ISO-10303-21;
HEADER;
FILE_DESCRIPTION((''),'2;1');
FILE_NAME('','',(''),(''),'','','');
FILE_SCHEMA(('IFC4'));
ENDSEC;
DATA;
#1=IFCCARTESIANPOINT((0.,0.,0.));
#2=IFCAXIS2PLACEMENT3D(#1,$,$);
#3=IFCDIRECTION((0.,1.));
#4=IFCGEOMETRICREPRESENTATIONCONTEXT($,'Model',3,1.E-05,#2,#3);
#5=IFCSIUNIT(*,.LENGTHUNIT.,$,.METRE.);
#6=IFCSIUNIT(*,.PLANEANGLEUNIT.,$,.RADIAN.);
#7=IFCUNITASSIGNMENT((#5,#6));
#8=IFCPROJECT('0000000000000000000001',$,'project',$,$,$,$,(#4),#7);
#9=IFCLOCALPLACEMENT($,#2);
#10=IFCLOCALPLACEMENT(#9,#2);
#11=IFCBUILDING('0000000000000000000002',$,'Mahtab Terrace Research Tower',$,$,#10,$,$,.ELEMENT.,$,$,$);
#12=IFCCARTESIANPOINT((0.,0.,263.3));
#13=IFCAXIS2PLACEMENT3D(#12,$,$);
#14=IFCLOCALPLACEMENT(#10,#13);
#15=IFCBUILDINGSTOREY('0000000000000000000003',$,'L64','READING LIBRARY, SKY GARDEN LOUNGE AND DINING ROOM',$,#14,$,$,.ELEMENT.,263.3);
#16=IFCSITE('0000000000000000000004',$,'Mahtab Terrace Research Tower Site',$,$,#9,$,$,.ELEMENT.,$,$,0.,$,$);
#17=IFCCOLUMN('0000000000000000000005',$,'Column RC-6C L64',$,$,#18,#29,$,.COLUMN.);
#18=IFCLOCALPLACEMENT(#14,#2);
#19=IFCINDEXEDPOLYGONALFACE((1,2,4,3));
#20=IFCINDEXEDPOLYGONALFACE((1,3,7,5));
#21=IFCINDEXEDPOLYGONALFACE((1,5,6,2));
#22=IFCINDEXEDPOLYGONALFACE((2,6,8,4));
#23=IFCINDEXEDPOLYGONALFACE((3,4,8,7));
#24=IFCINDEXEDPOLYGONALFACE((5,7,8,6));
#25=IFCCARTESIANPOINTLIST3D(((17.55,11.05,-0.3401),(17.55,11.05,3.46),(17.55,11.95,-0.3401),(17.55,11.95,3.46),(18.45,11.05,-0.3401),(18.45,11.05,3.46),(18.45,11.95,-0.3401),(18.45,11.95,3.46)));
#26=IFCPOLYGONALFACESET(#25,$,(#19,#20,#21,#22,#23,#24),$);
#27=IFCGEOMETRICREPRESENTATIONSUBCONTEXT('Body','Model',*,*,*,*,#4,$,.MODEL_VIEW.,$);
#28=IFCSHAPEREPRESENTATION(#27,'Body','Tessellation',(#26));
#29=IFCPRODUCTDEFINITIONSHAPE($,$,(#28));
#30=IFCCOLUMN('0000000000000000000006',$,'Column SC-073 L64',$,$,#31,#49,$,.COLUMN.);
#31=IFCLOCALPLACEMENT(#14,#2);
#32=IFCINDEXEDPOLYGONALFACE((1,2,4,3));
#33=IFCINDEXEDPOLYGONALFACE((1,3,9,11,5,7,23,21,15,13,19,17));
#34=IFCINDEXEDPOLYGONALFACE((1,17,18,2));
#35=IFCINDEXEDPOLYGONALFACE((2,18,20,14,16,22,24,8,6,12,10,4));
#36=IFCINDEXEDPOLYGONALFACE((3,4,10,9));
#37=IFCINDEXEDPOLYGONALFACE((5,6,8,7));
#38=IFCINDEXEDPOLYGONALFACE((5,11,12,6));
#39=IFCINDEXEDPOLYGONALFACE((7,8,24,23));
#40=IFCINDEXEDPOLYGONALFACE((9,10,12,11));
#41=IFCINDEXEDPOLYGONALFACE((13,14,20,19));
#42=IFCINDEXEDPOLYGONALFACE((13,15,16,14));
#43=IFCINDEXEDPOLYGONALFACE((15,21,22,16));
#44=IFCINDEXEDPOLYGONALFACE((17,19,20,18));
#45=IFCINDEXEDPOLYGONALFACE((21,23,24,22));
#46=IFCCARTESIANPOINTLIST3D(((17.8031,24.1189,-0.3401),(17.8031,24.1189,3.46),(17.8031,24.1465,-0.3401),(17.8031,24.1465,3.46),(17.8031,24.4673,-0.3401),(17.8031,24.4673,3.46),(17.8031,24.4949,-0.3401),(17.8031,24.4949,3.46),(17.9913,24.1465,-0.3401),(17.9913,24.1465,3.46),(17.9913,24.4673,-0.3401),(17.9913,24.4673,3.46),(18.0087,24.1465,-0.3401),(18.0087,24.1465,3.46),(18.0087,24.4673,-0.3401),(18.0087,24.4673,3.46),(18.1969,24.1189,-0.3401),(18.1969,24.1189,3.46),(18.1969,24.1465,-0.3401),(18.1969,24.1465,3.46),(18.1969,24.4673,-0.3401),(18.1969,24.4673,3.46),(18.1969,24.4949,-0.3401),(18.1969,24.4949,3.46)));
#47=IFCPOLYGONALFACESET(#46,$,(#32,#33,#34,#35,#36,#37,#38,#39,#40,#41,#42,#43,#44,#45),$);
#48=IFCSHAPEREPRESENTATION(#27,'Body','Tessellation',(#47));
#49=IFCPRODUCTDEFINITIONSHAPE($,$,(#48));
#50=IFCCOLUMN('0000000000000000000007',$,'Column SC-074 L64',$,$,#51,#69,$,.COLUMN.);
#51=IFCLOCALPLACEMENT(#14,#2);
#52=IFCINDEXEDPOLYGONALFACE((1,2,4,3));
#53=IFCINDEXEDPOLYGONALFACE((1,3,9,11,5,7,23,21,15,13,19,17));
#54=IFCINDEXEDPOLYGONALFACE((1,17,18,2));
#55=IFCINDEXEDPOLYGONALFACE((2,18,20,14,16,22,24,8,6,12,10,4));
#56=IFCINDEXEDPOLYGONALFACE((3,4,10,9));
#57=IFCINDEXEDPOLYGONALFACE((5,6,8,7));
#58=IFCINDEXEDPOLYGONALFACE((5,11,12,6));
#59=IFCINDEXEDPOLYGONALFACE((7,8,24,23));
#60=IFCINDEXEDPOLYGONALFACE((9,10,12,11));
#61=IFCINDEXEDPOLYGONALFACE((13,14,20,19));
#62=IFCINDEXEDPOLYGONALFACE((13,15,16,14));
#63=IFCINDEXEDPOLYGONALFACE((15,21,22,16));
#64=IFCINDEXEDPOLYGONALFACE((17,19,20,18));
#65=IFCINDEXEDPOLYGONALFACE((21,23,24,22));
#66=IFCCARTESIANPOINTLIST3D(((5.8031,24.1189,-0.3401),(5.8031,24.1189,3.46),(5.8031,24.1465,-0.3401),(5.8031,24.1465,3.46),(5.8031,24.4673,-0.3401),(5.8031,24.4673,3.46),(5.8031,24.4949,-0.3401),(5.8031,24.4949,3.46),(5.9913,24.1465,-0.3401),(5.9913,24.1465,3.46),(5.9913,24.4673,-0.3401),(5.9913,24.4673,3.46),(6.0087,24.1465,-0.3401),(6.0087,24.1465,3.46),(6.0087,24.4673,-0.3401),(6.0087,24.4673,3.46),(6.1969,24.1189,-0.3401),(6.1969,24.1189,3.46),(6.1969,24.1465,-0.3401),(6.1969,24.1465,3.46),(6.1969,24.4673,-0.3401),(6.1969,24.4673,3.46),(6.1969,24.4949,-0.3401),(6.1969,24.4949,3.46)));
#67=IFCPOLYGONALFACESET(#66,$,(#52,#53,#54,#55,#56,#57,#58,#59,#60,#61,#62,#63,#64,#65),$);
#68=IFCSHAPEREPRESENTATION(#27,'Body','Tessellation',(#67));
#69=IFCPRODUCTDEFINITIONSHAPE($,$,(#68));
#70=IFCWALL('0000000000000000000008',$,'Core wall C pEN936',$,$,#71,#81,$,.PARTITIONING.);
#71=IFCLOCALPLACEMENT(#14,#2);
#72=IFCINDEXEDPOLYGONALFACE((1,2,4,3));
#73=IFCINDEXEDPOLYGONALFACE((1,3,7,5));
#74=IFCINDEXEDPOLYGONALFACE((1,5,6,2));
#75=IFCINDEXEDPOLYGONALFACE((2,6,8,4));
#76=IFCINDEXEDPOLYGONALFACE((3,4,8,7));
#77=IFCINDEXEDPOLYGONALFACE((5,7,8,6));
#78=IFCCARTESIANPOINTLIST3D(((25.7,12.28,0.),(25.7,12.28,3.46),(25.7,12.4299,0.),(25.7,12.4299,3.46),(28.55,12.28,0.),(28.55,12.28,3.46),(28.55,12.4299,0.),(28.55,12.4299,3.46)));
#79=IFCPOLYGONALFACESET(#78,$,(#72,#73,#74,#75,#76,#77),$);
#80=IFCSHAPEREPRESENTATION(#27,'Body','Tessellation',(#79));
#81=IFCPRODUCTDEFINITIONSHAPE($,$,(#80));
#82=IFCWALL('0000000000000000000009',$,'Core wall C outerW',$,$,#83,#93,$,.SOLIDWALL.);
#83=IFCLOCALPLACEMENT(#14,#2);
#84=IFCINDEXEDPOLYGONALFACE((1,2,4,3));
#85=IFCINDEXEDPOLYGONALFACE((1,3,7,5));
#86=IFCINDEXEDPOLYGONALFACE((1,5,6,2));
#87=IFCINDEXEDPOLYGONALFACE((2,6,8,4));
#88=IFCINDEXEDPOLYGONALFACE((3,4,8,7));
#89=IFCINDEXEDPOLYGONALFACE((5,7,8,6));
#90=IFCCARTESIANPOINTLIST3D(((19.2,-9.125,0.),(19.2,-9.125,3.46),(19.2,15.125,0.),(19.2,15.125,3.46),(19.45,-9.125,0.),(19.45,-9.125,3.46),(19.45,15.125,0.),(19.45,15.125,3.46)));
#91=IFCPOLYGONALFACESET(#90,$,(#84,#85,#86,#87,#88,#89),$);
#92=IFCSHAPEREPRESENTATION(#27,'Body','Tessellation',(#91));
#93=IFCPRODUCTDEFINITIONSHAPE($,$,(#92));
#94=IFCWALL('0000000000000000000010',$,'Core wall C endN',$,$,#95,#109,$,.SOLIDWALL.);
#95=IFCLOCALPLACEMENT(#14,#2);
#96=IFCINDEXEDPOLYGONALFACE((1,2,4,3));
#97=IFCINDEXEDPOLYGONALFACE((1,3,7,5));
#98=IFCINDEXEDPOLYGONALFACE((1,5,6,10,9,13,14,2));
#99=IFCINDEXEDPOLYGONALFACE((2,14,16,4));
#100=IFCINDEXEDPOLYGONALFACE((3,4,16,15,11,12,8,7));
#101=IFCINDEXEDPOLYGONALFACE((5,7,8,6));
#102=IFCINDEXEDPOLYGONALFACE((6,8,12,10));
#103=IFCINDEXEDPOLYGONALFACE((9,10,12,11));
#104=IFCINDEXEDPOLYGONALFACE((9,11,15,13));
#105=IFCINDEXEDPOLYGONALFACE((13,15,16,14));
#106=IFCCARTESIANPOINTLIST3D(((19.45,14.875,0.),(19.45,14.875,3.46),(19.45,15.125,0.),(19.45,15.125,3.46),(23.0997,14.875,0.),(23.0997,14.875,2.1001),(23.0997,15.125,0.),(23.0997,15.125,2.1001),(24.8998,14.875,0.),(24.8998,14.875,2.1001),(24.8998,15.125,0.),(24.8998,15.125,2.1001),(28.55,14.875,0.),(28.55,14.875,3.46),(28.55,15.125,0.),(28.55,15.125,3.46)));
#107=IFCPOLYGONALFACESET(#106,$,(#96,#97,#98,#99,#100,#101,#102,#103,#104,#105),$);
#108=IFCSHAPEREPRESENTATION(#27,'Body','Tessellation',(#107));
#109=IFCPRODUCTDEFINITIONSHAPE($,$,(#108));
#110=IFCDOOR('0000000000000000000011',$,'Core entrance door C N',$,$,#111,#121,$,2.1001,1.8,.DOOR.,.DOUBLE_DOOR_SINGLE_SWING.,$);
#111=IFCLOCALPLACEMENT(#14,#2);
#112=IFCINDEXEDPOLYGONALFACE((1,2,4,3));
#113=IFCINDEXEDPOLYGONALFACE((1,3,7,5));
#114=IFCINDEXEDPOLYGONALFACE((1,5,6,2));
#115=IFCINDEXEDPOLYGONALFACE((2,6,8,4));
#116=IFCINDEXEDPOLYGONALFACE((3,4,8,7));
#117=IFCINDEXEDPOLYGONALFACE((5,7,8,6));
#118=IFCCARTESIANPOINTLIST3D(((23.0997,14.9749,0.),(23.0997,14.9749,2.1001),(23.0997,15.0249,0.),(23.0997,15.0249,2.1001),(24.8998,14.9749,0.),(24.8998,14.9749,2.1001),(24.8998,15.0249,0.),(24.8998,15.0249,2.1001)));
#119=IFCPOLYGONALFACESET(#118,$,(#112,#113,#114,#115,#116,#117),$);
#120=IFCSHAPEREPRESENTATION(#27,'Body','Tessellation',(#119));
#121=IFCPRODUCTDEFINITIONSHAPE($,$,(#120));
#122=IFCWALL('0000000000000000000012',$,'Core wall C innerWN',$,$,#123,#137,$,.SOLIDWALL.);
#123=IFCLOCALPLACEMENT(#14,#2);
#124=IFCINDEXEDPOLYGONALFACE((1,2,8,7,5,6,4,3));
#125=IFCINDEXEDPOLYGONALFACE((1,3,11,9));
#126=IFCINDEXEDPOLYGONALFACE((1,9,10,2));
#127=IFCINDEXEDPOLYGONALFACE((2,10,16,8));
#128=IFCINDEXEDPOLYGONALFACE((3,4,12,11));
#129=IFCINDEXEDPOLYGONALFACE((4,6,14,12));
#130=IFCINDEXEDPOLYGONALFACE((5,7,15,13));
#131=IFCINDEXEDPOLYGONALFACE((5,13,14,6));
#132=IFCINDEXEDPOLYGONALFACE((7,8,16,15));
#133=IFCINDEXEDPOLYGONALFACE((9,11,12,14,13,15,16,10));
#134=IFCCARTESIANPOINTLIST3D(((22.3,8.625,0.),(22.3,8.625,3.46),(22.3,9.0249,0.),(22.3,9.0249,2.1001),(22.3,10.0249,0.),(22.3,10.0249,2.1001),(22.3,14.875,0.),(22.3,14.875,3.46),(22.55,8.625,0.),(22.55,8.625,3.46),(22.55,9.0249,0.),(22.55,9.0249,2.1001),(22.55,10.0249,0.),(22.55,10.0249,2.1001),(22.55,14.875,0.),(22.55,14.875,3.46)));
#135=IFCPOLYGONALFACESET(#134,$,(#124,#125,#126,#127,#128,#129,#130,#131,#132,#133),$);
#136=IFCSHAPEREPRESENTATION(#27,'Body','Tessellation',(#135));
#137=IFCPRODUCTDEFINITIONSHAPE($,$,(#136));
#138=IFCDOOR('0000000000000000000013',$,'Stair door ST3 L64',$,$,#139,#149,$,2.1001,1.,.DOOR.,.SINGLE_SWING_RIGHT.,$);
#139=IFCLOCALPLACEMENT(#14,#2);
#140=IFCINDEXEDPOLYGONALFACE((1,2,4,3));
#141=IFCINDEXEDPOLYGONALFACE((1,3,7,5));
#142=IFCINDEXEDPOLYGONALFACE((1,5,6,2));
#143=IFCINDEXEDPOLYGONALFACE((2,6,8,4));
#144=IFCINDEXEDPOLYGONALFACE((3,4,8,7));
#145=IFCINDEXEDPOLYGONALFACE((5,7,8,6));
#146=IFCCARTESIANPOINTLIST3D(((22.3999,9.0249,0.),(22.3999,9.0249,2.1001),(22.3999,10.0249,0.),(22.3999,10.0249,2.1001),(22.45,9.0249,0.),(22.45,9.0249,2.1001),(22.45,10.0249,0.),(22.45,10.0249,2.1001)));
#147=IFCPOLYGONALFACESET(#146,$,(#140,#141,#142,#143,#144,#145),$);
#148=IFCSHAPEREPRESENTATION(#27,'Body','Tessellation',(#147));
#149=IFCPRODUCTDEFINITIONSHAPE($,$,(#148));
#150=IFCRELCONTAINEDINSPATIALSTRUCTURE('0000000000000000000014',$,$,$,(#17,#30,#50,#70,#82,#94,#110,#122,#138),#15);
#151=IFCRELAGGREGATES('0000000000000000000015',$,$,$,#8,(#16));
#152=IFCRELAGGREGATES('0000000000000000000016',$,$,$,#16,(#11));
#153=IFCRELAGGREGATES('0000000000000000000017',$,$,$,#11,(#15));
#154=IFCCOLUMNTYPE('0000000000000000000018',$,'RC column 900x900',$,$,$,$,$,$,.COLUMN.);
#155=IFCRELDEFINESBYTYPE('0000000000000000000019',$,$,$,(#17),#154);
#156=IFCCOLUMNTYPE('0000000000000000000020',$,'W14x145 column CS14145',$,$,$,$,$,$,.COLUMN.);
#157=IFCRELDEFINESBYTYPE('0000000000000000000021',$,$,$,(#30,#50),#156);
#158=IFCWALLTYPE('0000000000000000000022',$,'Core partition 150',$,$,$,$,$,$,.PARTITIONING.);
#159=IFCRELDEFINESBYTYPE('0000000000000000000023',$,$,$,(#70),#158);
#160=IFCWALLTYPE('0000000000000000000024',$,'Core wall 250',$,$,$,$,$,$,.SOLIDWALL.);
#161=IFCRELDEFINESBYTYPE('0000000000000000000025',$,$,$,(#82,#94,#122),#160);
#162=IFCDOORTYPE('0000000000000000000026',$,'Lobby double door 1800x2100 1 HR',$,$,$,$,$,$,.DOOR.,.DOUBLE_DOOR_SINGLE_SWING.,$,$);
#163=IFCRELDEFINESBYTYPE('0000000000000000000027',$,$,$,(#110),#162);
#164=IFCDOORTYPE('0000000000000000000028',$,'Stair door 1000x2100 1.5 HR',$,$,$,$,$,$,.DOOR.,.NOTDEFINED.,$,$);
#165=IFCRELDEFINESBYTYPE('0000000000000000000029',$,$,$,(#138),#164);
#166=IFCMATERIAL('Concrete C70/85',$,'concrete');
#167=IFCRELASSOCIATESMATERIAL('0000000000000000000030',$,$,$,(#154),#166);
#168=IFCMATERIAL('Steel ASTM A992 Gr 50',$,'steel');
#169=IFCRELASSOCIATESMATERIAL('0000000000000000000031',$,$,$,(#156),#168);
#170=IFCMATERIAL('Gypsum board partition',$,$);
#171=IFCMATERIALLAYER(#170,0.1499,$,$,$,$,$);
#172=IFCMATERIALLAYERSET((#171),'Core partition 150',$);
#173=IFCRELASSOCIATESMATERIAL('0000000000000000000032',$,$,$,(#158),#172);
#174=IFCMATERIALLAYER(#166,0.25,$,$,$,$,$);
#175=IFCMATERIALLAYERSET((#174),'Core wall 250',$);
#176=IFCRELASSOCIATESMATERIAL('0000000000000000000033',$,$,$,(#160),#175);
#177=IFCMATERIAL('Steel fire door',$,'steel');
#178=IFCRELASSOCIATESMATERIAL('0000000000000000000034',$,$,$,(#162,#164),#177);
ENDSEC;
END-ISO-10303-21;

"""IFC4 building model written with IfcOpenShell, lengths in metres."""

from ifc_helpers import new_model, si_unit, direction, frame, frame_2d, origin, origin_2d, place, context, subcontext, project, spatial, rectangle, i_section, extrude, material, layer, layer_set, material_profile, profile_set, type_object, element, fill, save


model = new_model("IFC4")

# Units and contexts
model_context = context("Model", 3, precision=1e-05, world=origin(), true_north=direction((0.0, 1.0)))
body_context = subcontext(model_context, "Body", "Model", "MODEL_VIEW")
ifc_project = project(units=[si_unit("LENGTHUNIT", "METRE"), si_unit("PLANEANGLEUNIT", "RADIAN")], contexts=[model_context])

# Site, building, storey
site_placement = place(None, origin())
site = spatial("IfcSite", under=ifc_project, at=site_placement, Name="Mahtab Terrace Research Tower Site", CompositionType="ELEMENT", RefElevation=0.0)
building_placement = place(site_placement, origin())
building = spatial("IfcBuilding", under=site, at=building_placement, Name="Mahtab Terrace Research Tower", CompositionType="ELEMENT")
storey_placement = place(building_placement, frame((0.0, 0.0, 263.3)))
storey = spatial("IfcBuildingStorey", under=building, at=storey_placement, Name="L64", Description="READING LIBRARY, SKY GARDEN LOUNGE AND DINING ROOM", CompositionType="ELEMENT", Elevation=263.3)

# Columns
ifc_material_1 = material(Name="Concrete C70/85", Category="concrete")
ifc_material_profile_1 = material_profile(ifc_material_1, rectangle(XDim=0.8999, YDim=0.8999, at=origin_2d()), Name="RC column 900x900")
ifc_profile_set_1 = profile_set([ifc_material_profile_1], Name="Concrete C70/85")
column_type_1 = type_object("IfcColumnType", Name="RC column 900x900", PredefinedType="COLUMN", material=ifc_profile_set_1)
column_placement = place(storey_placement, frame((18.0, 11.5, -0.3401), z_axis=(0.0, 0.0, 1.0), x_axis=(1.0, 0.0, 0.0)))
element("IfcColumn", 1, at=column_placement, inside=storey, type_object=column_type_1, Name="Column RC-6C L64", PredefinedType="COLUMN", context=body_context, shape_type="SweptSolid", body=[
    extrude(rectangle(XDim=0.8999, YDim=0.8999, at=origin_2d()), origin(), (0.0, 0.0, 1.0), 3.8),
])
ifc_material_2 = material(Name="Steel ASTM A992 Gr 50", Category="steel")
ifc_material_profile_2 = material_profile(ifc_material_2, i_section(OverallWidth=0.3938, OverallDepth=0.376, WebThickness=0.0173, FlangeThickness=0.0276, at=origin_2d()), Name="W14X145")
ifc_profile_set_2 = profile_set([ifc_material_profile_2], Name="Steel ASTM A992 Gr 50")
column_type_2 = type_object("IfcColumnType", Name="W14x145 column CS14145", PredefinedType="COLUMN", material=ifc_profile_set_2)
for number, where, z_axis, x_axis, name in (
    (2, (18.0, 24.3069, -0.3401), (0.0, 0.0, 1.0), (1.0, 0.0, 0.0), "Column SC-073 L64"),
    (3, (6.0, 24.3069, -0.3401), (0.0, 0.0, 1.0), (1.0, 0.0, 0.0), "Column SC-074 L64"),
):
    element("IfcColumn", number, at=place(storey_placement, frame(where, z_axis=z_axis, x_axis=x_axis)), inside=storey, type_object=column_type_2, Name=name, PredefinedType="COLUMN", context=body_context, shape_type="SweptSolid", body=[
        extrude(i_section(OverallWidth=0.3938, OverallDepth=0.376, WebThickness=0.0173, FlangeThickness=0.0276, at=origin_2d()), origin(), (0.0, 0.0, 1.0), 3.8),
    ])

# Walls
ifc_material_3 = material(Name="Gypsum board partition")
ifc_layer_1 = layer(ifc_material_3, 0.1499)
ifc_layer_set_1 = layer_set([ifc_layer_1], Name="Core partition 150")
wall_type_1 = type_object("IfcWallType", Name="Core partition 150", PredefinedType="PARTITIONING", material=ifc_layer_set_1)
wall_1_placement = place(storey_placement, frame((25.7, 12.355, 0.0), z_axis=(0.0, 0.0, 1.0), x_axis=(1.0, 0.0, 0.0)))
element("IfcWall", 4, at=wall_1_placement, inside=storey, type_object=wall_type_1, Name="Core wall C pEN936", PredefinedType="PARTITIONING", context=body_context, shape_type="SweptSolid", body=[
    extrude(rectangle(XDim=2.8501, YDim=0.1499, at=frame_2d((1.425, 0.0))), origin(), (0.0, 0.0, 1.0), 3.46),
])
ifc_layer_2 = layer(ifc_material_1, 0.25)
ifc_layer_set_2 = layer_set([ifc_layer_2], Name="Core wall 250")
wall_type_2 = type_object("IfcWallType", Name="Core wall 250", PredefinedType="SOLIDWALL", material=ifc_layer_set_2)
wall_2_placement = place(storey_placement, frame((19.325, 15.125, 0.0), z_axis=(0.0, 0.0, 1.0), x_axis=(0.0, -1.0, 0.0)))
element("IfcWall", 5, at=wall_2_placement, inside=storey, type_object=wall_type_2, Name="Core wall C outerW", PredefinedType="SOLIDWALL", context=body_context, shape_type="SweptSolid", body=[
    extrude(rectangle(XDim=24.25, YDim=0.25, at=frame_2d((12.125, 0.0))), origin(), (0.0, 0.0, 1.0), 3.46),
])

# Walls, openings, doors
wall_3_placement = place(storey_placement, frame((19.45, 15.0, 0.0), z_axis=(0.0, 0.0, 1.0), x_axis=(1.0, 0.0, 0.0)))
wall_3 = element("IfcWall", 6, at=wall_3_placement, inside=storey, type_object=wall_type_2, Name="Core wall C endN", PredefinedType="SOLIDWALL", context=body_context, shape_type="SweptSolid", body=[
    extrude(rectangle(XDim=9.1001, YDim=0.25, at=frame_2d((4.55, 0.0))), origin(), (0.0, 0.0, 1.0), 3.46),
])
opening_1_placement = place(wall_3_placement, frame((3.6499, 0.0, 0.0)))
opening_1 = element("IfcOpeningElement", 7, at=opening_1_placement, cuts=wall_3, PredefinedType="OPENING", context=body_context, shape_type="SweptSolid", body=[
    extrude(rectangle(XDim=1.8, YDim=2.1001, at=frame_2d((0.8999, 1.05))), frame((0.0, 0.135, 0.0), z_axis=(0.0, -1.0, 0.0), x_axis=(1.0, 0.0, 0.0)), (0.0, 0.0, 1.0), 0.27),
])
ifc_material_4 = material(Name="Steel fire door", Category="steel")
door_type_1 = type_object("IfcDoorType", Name="Lobby double door 1800x2100 1 HR", OperationType="DOUBLE_DOOR_SINGLE_SWING", PredefinedType="DOOR", material=ifc_material_4)
door_1_placement = place(opening_1_placement, origin())
door_1 = element("IfcDoor", 8, at=door_1_placement, inside=storey, type_object=door_type_1, Name="Core entrance door C N", OperationType="DOUBLE_DOOR_SINGLE_SWING", OverallHeight=2.1001, OverallWidth=1.8, PredefinedType="DOOR", context=body_context, shape_type="SweptSolid", body=[
    extrude(rectangle(XDim=1.8, YDim=2.1001, at=frame_2d((0.8999, 1.05))), frame((0.0, 0.0249, 0.0), z_axis=(0.0, -1.0, 0.0), x_axis=(1.0, 0.0, 0.0)), (0.0, 0.0, 1.0), 0.05),
])
fill(opening_1, door_1)
wall_4_placement = place(storey_placement, frame((22.425, 14.875, 0.0), z_axis=(0.0, 0.0, 1.0), x_axis=(0.0, -1.0, 0.0)))
wall_4 = element("IfcWall", 9, at=wall_4_placement, inside=storey, type_object=wall_type_2, Name="Core wall C innerWN", PredefinedType="SOLIDWALL", context=body_context, shape_type="SweptSolid", body=[
    extrude(rectangle(XDim=6.25, YDim=0.25, at=frame_2d((3.125, 0.0))), origin(), (0.0, 0.0, 1.0), 3.46),
])
opening_2_placement = place(wall_4_placement, frame((4.8501, 0.0, 0.0)))
opening_2 = element("IfcOpeningElement", 10, at=opening_2_placement, cuts=wall_4, PredefinedType="OPENING", context=body_context, shape_type="SweptSolid", body=[
    extrude(rectangle(XDim=1.0, YDim=2.1001, at=frame_2d((0.5, 1.05))), frame((0.0, 0.135, 0.0), z_axis=(0.0, -1.0, 0.0), x_axis=(1.0, 0.0, 0.0)), (0.0, 0.0, 1.0), 0.27),
])
door_type_2 = type_object("IfcDoorType", Name="Stair door 1000x2100 1.5 HR", OperationType="NOTDEFINED", PredefinedType="DOOR", material=ifc_material_4)
door_2_placement = place(opening_2_placement, origin())
door_2 = element("IfcDoor", 11, at=door_2_placement, inside=storey, type_object=door_type_2, Name="Stair door ST3 L64", OperationType="SINGLE_SWING_RIGHT", OverallHeight=2.1001, OverallWidth=1.0, PredefinedType="DOOR", context=body_context, shape_type="SweptSolid", body=[
    extrude(rectangle(XDim=1.0, YDim=2.1001, at=frame_2d((0.5, 1.05))), frame((0.0, 0.0249, 0.0), z_axis=(0.0, -1.0, 0.0), x_axis=(1.0, 0.0, 0.0)), (0.0, 0.0, 1.0), 0.05),
])
fill(opening_2, door_2)

save(model, "model.ifc")
